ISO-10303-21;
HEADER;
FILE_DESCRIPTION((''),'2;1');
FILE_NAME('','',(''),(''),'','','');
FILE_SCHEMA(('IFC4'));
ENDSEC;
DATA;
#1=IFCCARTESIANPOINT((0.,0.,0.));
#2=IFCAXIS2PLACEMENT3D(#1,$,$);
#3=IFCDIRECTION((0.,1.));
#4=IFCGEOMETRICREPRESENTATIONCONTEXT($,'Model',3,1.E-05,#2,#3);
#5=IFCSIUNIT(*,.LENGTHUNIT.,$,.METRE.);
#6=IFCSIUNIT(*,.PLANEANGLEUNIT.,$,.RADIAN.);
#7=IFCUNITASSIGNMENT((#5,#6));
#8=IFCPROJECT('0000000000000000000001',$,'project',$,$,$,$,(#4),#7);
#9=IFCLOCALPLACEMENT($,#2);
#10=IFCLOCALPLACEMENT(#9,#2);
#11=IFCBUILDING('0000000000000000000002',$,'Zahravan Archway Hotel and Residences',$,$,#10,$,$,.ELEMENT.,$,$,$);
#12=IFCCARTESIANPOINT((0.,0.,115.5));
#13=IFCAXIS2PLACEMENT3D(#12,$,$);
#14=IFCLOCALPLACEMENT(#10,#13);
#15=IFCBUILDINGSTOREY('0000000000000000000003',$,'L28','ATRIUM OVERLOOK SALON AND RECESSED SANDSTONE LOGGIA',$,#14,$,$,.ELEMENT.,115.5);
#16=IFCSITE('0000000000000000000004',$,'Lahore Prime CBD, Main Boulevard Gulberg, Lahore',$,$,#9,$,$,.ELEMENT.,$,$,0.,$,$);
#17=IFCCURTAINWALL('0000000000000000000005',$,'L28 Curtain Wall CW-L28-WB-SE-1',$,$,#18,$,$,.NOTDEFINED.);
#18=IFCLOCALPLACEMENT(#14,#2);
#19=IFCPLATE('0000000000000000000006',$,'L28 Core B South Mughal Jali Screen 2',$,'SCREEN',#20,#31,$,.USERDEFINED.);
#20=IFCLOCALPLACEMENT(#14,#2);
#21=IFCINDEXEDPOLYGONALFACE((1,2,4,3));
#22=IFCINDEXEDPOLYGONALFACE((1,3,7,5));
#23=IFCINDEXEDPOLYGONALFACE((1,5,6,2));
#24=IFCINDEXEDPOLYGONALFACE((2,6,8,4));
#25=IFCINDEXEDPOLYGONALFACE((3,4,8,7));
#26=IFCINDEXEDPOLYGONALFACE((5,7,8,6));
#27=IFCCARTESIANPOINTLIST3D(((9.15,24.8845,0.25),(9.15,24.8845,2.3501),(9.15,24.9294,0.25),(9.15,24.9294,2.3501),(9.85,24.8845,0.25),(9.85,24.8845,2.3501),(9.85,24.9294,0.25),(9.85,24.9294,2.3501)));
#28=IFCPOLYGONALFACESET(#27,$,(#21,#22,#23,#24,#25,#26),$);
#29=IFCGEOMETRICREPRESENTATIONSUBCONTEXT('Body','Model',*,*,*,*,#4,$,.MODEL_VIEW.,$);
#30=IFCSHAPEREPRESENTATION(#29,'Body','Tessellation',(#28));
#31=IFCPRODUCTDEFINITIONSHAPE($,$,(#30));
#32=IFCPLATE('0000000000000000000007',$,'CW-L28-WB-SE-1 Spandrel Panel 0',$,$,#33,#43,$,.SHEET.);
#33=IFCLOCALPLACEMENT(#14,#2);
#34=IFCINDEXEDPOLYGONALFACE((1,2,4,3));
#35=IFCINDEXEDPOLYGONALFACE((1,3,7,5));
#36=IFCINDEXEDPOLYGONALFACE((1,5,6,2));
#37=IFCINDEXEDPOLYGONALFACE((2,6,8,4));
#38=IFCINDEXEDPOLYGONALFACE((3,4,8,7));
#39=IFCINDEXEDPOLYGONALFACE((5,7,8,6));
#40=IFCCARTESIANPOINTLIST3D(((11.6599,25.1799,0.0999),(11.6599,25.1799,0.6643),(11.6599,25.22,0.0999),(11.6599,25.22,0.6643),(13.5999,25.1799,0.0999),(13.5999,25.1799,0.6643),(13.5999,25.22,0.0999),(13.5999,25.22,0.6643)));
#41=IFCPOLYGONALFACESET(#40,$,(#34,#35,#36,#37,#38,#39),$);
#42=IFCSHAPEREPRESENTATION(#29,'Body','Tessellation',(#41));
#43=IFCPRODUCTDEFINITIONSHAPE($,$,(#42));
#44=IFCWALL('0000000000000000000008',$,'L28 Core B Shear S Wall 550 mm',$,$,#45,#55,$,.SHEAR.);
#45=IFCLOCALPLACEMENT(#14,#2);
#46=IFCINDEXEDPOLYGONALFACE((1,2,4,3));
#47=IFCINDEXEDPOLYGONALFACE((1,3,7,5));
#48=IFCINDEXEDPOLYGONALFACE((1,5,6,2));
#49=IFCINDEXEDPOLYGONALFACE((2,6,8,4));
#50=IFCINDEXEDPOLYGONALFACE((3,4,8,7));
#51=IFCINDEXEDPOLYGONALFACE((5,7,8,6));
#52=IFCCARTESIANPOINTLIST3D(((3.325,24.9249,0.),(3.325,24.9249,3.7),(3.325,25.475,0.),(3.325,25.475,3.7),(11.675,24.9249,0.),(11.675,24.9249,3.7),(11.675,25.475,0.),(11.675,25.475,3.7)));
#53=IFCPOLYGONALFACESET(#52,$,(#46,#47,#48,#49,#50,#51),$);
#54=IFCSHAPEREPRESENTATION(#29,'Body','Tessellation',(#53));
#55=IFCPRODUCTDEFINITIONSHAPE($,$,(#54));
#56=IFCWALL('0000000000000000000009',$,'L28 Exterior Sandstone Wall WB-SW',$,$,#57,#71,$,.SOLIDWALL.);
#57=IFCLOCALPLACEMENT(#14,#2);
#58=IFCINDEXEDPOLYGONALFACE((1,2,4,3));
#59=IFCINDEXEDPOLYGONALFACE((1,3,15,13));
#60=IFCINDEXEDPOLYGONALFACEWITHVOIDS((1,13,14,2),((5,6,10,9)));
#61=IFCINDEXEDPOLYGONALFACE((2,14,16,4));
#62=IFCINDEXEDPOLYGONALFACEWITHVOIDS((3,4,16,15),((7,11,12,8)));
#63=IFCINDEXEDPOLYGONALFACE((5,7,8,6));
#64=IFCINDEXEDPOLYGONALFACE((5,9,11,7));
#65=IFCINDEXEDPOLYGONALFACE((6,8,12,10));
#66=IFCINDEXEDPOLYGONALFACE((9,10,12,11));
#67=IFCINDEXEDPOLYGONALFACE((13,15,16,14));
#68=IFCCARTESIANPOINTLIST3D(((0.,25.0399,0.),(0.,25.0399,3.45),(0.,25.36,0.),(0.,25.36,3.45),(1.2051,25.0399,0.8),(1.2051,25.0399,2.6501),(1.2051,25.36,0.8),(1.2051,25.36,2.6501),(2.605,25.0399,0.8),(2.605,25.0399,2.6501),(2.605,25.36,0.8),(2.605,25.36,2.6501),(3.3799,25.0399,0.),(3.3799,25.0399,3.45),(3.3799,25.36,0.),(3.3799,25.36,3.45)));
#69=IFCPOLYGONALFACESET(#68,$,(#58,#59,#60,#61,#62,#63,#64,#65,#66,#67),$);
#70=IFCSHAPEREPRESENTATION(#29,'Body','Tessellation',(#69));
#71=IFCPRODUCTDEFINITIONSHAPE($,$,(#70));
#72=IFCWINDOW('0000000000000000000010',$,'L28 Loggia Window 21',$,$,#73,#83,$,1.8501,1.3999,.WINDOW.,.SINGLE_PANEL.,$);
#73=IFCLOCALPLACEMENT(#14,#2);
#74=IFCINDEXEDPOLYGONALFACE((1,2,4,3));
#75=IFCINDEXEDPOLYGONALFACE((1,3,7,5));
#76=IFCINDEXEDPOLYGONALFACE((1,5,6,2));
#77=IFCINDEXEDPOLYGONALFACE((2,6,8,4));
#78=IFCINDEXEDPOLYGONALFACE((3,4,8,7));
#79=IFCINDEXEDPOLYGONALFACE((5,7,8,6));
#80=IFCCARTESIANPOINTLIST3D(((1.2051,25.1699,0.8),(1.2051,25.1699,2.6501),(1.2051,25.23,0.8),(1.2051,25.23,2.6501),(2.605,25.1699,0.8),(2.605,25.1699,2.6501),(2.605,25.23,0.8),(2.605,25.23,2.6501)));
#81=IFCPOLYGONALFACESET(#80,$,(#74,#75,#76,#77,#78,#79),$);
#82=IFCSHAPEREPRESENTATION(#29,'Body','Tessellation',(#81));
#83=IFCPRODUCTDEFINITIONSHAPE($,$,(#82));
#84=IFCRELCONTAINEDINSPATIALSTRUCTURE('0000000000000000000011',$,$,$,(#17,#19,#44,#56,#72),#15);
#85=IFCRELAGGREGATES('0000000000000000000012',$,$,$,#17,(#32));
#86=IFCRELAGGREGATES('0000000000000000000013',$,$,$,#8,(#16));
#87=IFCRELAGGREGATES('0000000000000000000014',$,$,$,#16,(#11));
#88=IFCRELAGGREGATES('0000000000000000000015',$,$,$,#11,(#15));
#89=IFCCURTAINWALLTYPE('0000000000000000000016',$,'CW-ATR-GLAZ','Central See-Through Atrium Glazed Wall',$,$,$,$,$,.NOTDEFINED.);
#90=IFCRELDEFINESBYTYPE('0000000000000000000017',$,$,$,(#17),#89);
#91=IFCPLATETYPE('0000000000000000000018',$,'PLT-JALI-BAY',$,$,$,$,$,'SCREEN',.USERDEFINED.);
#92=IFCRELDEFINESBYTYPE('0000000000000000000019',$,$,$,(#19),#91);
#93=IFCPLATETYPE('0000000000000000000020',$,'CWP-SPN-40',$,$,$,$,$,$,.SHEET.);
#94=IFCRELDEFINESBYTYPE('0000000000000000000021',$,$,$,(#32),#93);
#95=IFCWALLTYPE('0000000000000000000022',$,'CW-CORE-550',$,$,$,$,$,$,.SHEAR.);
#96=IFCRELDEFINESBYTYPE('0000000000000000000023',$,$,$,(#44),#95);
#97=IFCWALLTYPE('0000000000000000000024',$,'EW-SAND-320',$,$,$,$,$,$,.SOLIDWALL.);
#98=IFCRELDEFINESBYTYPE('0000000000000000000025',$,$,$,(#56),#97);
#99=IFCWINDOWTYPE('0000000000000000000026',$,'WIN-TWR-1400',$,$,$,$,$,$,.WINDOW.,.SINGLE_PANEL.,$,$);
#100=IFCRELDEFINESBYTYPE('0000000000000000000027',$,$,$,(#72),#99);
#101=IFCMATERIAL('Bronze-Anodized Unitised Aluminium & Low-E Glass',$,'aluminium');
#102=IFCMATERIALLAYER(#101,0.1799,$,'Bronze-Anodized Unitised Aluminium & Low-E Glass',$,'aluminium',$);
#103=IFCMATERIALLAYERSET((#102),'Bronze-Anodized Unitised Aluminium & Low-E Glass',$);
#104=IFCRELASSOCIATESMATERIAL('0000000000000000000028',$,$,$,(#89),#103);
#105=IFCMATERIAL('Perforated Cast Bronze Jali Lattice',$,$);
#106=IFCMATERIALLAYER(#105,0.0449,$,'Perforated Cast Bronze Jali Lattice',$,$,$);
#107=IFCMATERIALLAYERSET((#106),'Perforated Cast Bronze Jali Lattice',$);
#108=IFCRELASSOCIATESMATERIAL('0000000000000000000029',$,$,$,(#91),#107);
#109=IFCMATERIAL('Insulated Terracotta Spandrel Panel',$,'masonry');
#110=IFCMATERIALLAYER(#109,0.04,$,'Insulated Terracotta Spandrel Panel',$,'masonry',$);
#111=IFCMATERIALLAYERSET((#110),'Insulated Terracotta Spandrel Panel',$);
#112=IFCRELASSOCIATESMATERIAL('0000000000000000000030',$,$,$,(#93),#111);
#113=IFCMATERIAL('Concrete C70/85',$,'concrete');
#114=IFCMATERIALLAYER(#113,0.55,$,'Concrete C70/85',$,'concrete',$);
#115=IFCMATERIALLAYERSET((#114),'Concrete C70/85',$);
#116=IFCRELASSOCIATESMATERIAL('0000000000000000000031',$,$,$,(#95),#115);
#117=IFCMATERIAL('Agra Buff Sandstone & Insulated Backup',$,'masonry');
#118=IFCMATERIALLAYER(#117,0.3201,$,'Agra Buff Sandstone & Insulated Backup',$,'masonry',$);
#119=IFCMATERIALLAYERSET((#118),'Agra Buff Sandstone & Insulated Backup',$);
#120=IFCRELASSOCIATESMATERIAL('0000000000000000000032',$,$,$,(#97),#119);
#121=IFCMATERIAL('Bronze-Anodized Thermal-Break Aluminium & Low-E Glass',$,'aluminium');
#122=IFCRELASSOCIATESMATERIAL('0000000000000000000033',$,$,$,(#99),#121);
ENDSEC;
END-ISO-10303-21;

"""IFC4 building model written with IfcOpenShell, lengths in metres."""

from ifc_helpers import new_model, si_unit, direction, frame, frame_2d, origin, origin_2d, place, context, subcontext, project, spatial, rectangle, extrude, source, transform, mapped, material, layer, layer_set, type_object, type_shapes, element, fill, aggregate, save


model = new_model("IFC4")

# Units and contexts
model_context = context("Model", 3, precision=1e-05, world=origin(), true_north=direction((0.0, 1.0)))
body_context = subcontext(model_context, "Body", "Model", "MODEL_VIEW")
ifc_project = project(units=[si_unit("LENGTHUNIT", "METRE"), si_unit("PLANEANGLEUNIT", "RADIAN")], contexts=[model_context])

# Site, building, storey
site_placement = place(None, origin())
site = spatial("IfcSite", under=ifc_project, at=site_placement, Name="Lahore Prime CBD, Main Boulevard Gulberg, Lahore", CompositionType="ELEMENT", RefElevation=0.0)
building_placement = place(site_placement, origin())
building = spatial("IfcBuilding", under=site, at=building_placement, Name="Zahravan Archway Hotel and Residences", CompositionType="ELEMENT")
storey_placement = place(building_placement, frame((0.0, 0.0, 115.5)))
storey = spatial("IfcBuildingStorey", under=building, at=storey_placement, Name="L28", Description="ATRIUM OVERLOOK SALON AND RECESSED SANDSTONE LOGGIA", CompositionType="ELEMENT", Elevation=115.5)

# Curtain wall
ifc_material_1 = material(Name="Bronze-Anodized Unitised Aluminium & Low-E Glass", Category="aluminium")
ifc_layer_1 = layer(ifc_material_1, 0.1799, Name="Bronze-Anodized Unitised Aluminium & Low-E Glass", Category="aluminium")
ifc_layer_set_1 = layer_set([ifc_layer_1], Name="Bronze-Anodized Unitised Aluminium & Low-E Glass")
curtain_wall_type = type_object("IfcCurtainWallType", Name="CW-ATR-GLAZ", Description="Central See-Through Atrium Glazed Wall", PredefinedType="NOTDEFINED", material=ifc_layer_set_1)
curtain_wall_placement = place(storey_placement, origin())
curtain_wall = element("IfcCurtainWall", 1, at=curtain_wall_placement, inside=storey, type_object=curtain_wall_type, Name="L28 Curtain Wall CW-L28-WB-SE-1", PredefinedType="NOTDEFINED")

# Plate
ifc_material_2 = material(Name="Perforated Cast Bronze Jali Lattice")
ifc_layer_2 = layer(ifc_material_2, 0.0449, Name="Perforated Cast Bronze Jali Lattice")
ifc_layer_set_2 = layer_set([ifc_layer_2], Name="Perforated Cast Bronze Jali Lattice")
plate_type_1 = type_object("IfcPlateType", Name="PLT-JALI-BAY", ElementType="SCREEN", PredefinedType="USERDEFINED", material=ifc_layer_set_2)
shared_shape_1 = source(origin(), body_context, "Body", "SweptSolid", [
    extrude(rectangle(XDim=0.7, YDim=0.0449, at=origin_2d()), origin(), (0.0, 0.0, 1.0), 2.1001),
])
type_shapes(plate_type_1, [shared_shape_1])
for number, where, z_axis, x_axis, name in (
    (2, (9.5, 24.907, 0.25), (0.0, 0.0, 1.0), (1.0, 0.0, 0.0), "L28 Core B South Mughal Jali Screen 2"),
):
    element("IfcPlate", number, at=place(storey_placement, frame(where, z_axis=z_axis, x_axis=x_axis)), inside=storey, type_object=plate_type_1, Name=name, ObjectType="SCREEN", PredefinedType="USERDEFINED", context=body_context, shape_type="MappedRepresentation", body=[
        mapped(shared_shape_1, transform((0.0, 0.0, 0.0), scale=1.0)),
    ])

# Plate
ifc_material_3 = material(Name="Insulated Terracotta Spandrel Panel", Category="masonry")
ifc_layer_3 = layer(ifc_material_3, 0.04, Name="Insulated Terracotta Spandrel Panel", Category="masonry")
ifc_layer_set_3 = layer_set([ifc_layer_3], Name="Insulated Terracotta Spandrel Panel")
plate_type_2 = type_object("IfcPlateType", Name="CWP-SPN-40", PredefinedType="SHEET", material=ifc_layer_set_3)
shared_shape_2 = source(origin(), body_context, "Body", "SweptSolid", [
    extrude(rectangle(XDim=1.9399, YDim=0.04, at=origin_2d()), origin(), (0.0, 0.0, 1.0), 0.5645),
])
plate_placement = place(storey_placement, frame((12.6299, 25.2, 0.0999), z_axis=(0.0, 0.0, 1.0), x_axis=(1.0, 0.0, 0.0)))
plate = element("IfcPlate", 3, at=plate_placement, type_object=plate_type_2, Name="CW-L28-WB-SE-1 Spandrel Panel 0", PredefinedType="SHEET", context=body_context, shape_type="MappedRepresentation", body=[
    mapped(shared_shape_2, transform((0.0, 0.0, 0.0), scale=1.0)),
])
aggregate(curtain_wall, [plate])

# Wall
ifc_material_4 = material(Name="Concrete C70/85", Category="concrete")
ifc_layer_4 = layer(ifc_material_4, 0.55, Name="Concrete C70/85", Category="concrete")
ifc_layer_set_4 = layer_set([ifc_layer_4], Name="Concrete C70/85")
wall_type_1 = type_object("IfcWallType", Name="CW-CORE-550", PredefinedType="SHEAR", material=ifc_layer_set_4)
wall_1_placement = place(storey_placement, frame((3.325, 25.2, 0.0), z_axis=(0.0, 0.0, 1.0), x_axis=(1.0, 0.0, 0.0)))
element("IfcWall", 4, at=wall_1_placement, inside=storey, type_object=wall_type_1, Name="L28 Core B Shear S Wall 550 mm", PredefinedType="SHEAR", context=body_context, shape_type="SweptSolid", body=[
    extrude(rectangle(XDim=8.3501, YDim=0.55, at=frame_2d((4.175, 0.0))), origin(), (0.0, 0.0, 1.0), 3.7),
])

# Wall, opening, window
ifc_material_5 = material(Name="Agra Buff Sandstone & Insulated Backup", Category="masonry")
ifc_layer_5 = layer(ifc_material_5, 0.3201, Name="Agra Buff Sandstone & Insulated Backup", Category="masonry")
ifc_layer_set_5 = layer_set([ifc_layer_5], Name="Agra Buff Sandstone & Insulated Backup")
wall_type_2 = type_object("IfcWallType", Name="EW-SAND-320", PredefinedType="SOLIDWALL", material=ifc_layer_set_5)
wall_2_placement = place(storey_placement, frame((0.0, 25.2, 0.0), z_axis=(0.0, 0.0, 1.0), x_axis=(1.0, 0.0, 0.0)))
wall_2 = element("IfcWall", 5, at=wall_2_placement, inside=storey, type_object=wall_type_2, Name="L28 Exterior Sandstone Wall WB-SW", PredefinedType="SOLIDWALL", context=body_context, shape_type="SweptSolid", body=[
    extrude(rectangle(XDim=3.3799, YDim=0.3201, at=frame_2d((1.6899, 0.0))), origin(), (0.0, 0.0, 1.0), 3.45),
])
opening_1_placement = place(wall_2_placement, frame((1.2051, 0.0, 0.8)))
opening_1 = element("IfcOpeningElement", 6, at=opening_1_placement, cuts=wall_2, PredefinedType="OPENING", context=body_context, shape_type="SweptSolid", body=[
    extrude(rectangle(XDim=1.3999, YDim=1.8501, at=frame_2d((0.7, 0.925))), frame((0.0, 0.1699, 0.0), z_axis=(0.0, -1.0, 0.0), x_axis=(1.0, 0.0, 0.0)), (0.0, 0.0, 1.0), 0.3401),
])
ifc_material_6 = material(Name="Bronze-Anodized Thermal-Break Aluminium & Low-E Glass", Category="aluminium")
window_type_1 = type_object("IfcWindowType", Name="WIN-TWR-1400", PartitioningType="SINGLE_PANEL", PredefinedType="WINDOW", material=ifc_material_6)
shared_shape_3 = source(origin(), body_context, "Body", "SweptSolid", [
    extrude(rectangle(XDim=1.3999, YDim=1.8501, at=frame_2d((0.7, 0.925))), frame((0.0, 0.03, 0.0), z_axis=(0.0, -1.0, 0.0), x_axis=(1.0, 0.0, 0.0)), (0.0, 0.0, 1.0), 0.0601),
])
type_shapes(window_type_1, [shared_shape_3])
window_1_placement = place(opening_1_placement, origin())
window_1 = element("IfcWindow", 7, at=window_1_placement, inside=storey, type_object=window_type_1, Name="L28 Loggia Window 21", OverallHeight=1.8501, OverallWidth=1.3999, PartitioningType="SINGLE_PANEL", PredefinedType="WINDOW", context=body_context, shape_type="MappedRepresentation", body=[
    mapped(shared_shape_3, transform((0.0, 0.0, 0.0), scale=1.0)),
])
fill(opening_1, window_1)

save(model, "model.ifc")
